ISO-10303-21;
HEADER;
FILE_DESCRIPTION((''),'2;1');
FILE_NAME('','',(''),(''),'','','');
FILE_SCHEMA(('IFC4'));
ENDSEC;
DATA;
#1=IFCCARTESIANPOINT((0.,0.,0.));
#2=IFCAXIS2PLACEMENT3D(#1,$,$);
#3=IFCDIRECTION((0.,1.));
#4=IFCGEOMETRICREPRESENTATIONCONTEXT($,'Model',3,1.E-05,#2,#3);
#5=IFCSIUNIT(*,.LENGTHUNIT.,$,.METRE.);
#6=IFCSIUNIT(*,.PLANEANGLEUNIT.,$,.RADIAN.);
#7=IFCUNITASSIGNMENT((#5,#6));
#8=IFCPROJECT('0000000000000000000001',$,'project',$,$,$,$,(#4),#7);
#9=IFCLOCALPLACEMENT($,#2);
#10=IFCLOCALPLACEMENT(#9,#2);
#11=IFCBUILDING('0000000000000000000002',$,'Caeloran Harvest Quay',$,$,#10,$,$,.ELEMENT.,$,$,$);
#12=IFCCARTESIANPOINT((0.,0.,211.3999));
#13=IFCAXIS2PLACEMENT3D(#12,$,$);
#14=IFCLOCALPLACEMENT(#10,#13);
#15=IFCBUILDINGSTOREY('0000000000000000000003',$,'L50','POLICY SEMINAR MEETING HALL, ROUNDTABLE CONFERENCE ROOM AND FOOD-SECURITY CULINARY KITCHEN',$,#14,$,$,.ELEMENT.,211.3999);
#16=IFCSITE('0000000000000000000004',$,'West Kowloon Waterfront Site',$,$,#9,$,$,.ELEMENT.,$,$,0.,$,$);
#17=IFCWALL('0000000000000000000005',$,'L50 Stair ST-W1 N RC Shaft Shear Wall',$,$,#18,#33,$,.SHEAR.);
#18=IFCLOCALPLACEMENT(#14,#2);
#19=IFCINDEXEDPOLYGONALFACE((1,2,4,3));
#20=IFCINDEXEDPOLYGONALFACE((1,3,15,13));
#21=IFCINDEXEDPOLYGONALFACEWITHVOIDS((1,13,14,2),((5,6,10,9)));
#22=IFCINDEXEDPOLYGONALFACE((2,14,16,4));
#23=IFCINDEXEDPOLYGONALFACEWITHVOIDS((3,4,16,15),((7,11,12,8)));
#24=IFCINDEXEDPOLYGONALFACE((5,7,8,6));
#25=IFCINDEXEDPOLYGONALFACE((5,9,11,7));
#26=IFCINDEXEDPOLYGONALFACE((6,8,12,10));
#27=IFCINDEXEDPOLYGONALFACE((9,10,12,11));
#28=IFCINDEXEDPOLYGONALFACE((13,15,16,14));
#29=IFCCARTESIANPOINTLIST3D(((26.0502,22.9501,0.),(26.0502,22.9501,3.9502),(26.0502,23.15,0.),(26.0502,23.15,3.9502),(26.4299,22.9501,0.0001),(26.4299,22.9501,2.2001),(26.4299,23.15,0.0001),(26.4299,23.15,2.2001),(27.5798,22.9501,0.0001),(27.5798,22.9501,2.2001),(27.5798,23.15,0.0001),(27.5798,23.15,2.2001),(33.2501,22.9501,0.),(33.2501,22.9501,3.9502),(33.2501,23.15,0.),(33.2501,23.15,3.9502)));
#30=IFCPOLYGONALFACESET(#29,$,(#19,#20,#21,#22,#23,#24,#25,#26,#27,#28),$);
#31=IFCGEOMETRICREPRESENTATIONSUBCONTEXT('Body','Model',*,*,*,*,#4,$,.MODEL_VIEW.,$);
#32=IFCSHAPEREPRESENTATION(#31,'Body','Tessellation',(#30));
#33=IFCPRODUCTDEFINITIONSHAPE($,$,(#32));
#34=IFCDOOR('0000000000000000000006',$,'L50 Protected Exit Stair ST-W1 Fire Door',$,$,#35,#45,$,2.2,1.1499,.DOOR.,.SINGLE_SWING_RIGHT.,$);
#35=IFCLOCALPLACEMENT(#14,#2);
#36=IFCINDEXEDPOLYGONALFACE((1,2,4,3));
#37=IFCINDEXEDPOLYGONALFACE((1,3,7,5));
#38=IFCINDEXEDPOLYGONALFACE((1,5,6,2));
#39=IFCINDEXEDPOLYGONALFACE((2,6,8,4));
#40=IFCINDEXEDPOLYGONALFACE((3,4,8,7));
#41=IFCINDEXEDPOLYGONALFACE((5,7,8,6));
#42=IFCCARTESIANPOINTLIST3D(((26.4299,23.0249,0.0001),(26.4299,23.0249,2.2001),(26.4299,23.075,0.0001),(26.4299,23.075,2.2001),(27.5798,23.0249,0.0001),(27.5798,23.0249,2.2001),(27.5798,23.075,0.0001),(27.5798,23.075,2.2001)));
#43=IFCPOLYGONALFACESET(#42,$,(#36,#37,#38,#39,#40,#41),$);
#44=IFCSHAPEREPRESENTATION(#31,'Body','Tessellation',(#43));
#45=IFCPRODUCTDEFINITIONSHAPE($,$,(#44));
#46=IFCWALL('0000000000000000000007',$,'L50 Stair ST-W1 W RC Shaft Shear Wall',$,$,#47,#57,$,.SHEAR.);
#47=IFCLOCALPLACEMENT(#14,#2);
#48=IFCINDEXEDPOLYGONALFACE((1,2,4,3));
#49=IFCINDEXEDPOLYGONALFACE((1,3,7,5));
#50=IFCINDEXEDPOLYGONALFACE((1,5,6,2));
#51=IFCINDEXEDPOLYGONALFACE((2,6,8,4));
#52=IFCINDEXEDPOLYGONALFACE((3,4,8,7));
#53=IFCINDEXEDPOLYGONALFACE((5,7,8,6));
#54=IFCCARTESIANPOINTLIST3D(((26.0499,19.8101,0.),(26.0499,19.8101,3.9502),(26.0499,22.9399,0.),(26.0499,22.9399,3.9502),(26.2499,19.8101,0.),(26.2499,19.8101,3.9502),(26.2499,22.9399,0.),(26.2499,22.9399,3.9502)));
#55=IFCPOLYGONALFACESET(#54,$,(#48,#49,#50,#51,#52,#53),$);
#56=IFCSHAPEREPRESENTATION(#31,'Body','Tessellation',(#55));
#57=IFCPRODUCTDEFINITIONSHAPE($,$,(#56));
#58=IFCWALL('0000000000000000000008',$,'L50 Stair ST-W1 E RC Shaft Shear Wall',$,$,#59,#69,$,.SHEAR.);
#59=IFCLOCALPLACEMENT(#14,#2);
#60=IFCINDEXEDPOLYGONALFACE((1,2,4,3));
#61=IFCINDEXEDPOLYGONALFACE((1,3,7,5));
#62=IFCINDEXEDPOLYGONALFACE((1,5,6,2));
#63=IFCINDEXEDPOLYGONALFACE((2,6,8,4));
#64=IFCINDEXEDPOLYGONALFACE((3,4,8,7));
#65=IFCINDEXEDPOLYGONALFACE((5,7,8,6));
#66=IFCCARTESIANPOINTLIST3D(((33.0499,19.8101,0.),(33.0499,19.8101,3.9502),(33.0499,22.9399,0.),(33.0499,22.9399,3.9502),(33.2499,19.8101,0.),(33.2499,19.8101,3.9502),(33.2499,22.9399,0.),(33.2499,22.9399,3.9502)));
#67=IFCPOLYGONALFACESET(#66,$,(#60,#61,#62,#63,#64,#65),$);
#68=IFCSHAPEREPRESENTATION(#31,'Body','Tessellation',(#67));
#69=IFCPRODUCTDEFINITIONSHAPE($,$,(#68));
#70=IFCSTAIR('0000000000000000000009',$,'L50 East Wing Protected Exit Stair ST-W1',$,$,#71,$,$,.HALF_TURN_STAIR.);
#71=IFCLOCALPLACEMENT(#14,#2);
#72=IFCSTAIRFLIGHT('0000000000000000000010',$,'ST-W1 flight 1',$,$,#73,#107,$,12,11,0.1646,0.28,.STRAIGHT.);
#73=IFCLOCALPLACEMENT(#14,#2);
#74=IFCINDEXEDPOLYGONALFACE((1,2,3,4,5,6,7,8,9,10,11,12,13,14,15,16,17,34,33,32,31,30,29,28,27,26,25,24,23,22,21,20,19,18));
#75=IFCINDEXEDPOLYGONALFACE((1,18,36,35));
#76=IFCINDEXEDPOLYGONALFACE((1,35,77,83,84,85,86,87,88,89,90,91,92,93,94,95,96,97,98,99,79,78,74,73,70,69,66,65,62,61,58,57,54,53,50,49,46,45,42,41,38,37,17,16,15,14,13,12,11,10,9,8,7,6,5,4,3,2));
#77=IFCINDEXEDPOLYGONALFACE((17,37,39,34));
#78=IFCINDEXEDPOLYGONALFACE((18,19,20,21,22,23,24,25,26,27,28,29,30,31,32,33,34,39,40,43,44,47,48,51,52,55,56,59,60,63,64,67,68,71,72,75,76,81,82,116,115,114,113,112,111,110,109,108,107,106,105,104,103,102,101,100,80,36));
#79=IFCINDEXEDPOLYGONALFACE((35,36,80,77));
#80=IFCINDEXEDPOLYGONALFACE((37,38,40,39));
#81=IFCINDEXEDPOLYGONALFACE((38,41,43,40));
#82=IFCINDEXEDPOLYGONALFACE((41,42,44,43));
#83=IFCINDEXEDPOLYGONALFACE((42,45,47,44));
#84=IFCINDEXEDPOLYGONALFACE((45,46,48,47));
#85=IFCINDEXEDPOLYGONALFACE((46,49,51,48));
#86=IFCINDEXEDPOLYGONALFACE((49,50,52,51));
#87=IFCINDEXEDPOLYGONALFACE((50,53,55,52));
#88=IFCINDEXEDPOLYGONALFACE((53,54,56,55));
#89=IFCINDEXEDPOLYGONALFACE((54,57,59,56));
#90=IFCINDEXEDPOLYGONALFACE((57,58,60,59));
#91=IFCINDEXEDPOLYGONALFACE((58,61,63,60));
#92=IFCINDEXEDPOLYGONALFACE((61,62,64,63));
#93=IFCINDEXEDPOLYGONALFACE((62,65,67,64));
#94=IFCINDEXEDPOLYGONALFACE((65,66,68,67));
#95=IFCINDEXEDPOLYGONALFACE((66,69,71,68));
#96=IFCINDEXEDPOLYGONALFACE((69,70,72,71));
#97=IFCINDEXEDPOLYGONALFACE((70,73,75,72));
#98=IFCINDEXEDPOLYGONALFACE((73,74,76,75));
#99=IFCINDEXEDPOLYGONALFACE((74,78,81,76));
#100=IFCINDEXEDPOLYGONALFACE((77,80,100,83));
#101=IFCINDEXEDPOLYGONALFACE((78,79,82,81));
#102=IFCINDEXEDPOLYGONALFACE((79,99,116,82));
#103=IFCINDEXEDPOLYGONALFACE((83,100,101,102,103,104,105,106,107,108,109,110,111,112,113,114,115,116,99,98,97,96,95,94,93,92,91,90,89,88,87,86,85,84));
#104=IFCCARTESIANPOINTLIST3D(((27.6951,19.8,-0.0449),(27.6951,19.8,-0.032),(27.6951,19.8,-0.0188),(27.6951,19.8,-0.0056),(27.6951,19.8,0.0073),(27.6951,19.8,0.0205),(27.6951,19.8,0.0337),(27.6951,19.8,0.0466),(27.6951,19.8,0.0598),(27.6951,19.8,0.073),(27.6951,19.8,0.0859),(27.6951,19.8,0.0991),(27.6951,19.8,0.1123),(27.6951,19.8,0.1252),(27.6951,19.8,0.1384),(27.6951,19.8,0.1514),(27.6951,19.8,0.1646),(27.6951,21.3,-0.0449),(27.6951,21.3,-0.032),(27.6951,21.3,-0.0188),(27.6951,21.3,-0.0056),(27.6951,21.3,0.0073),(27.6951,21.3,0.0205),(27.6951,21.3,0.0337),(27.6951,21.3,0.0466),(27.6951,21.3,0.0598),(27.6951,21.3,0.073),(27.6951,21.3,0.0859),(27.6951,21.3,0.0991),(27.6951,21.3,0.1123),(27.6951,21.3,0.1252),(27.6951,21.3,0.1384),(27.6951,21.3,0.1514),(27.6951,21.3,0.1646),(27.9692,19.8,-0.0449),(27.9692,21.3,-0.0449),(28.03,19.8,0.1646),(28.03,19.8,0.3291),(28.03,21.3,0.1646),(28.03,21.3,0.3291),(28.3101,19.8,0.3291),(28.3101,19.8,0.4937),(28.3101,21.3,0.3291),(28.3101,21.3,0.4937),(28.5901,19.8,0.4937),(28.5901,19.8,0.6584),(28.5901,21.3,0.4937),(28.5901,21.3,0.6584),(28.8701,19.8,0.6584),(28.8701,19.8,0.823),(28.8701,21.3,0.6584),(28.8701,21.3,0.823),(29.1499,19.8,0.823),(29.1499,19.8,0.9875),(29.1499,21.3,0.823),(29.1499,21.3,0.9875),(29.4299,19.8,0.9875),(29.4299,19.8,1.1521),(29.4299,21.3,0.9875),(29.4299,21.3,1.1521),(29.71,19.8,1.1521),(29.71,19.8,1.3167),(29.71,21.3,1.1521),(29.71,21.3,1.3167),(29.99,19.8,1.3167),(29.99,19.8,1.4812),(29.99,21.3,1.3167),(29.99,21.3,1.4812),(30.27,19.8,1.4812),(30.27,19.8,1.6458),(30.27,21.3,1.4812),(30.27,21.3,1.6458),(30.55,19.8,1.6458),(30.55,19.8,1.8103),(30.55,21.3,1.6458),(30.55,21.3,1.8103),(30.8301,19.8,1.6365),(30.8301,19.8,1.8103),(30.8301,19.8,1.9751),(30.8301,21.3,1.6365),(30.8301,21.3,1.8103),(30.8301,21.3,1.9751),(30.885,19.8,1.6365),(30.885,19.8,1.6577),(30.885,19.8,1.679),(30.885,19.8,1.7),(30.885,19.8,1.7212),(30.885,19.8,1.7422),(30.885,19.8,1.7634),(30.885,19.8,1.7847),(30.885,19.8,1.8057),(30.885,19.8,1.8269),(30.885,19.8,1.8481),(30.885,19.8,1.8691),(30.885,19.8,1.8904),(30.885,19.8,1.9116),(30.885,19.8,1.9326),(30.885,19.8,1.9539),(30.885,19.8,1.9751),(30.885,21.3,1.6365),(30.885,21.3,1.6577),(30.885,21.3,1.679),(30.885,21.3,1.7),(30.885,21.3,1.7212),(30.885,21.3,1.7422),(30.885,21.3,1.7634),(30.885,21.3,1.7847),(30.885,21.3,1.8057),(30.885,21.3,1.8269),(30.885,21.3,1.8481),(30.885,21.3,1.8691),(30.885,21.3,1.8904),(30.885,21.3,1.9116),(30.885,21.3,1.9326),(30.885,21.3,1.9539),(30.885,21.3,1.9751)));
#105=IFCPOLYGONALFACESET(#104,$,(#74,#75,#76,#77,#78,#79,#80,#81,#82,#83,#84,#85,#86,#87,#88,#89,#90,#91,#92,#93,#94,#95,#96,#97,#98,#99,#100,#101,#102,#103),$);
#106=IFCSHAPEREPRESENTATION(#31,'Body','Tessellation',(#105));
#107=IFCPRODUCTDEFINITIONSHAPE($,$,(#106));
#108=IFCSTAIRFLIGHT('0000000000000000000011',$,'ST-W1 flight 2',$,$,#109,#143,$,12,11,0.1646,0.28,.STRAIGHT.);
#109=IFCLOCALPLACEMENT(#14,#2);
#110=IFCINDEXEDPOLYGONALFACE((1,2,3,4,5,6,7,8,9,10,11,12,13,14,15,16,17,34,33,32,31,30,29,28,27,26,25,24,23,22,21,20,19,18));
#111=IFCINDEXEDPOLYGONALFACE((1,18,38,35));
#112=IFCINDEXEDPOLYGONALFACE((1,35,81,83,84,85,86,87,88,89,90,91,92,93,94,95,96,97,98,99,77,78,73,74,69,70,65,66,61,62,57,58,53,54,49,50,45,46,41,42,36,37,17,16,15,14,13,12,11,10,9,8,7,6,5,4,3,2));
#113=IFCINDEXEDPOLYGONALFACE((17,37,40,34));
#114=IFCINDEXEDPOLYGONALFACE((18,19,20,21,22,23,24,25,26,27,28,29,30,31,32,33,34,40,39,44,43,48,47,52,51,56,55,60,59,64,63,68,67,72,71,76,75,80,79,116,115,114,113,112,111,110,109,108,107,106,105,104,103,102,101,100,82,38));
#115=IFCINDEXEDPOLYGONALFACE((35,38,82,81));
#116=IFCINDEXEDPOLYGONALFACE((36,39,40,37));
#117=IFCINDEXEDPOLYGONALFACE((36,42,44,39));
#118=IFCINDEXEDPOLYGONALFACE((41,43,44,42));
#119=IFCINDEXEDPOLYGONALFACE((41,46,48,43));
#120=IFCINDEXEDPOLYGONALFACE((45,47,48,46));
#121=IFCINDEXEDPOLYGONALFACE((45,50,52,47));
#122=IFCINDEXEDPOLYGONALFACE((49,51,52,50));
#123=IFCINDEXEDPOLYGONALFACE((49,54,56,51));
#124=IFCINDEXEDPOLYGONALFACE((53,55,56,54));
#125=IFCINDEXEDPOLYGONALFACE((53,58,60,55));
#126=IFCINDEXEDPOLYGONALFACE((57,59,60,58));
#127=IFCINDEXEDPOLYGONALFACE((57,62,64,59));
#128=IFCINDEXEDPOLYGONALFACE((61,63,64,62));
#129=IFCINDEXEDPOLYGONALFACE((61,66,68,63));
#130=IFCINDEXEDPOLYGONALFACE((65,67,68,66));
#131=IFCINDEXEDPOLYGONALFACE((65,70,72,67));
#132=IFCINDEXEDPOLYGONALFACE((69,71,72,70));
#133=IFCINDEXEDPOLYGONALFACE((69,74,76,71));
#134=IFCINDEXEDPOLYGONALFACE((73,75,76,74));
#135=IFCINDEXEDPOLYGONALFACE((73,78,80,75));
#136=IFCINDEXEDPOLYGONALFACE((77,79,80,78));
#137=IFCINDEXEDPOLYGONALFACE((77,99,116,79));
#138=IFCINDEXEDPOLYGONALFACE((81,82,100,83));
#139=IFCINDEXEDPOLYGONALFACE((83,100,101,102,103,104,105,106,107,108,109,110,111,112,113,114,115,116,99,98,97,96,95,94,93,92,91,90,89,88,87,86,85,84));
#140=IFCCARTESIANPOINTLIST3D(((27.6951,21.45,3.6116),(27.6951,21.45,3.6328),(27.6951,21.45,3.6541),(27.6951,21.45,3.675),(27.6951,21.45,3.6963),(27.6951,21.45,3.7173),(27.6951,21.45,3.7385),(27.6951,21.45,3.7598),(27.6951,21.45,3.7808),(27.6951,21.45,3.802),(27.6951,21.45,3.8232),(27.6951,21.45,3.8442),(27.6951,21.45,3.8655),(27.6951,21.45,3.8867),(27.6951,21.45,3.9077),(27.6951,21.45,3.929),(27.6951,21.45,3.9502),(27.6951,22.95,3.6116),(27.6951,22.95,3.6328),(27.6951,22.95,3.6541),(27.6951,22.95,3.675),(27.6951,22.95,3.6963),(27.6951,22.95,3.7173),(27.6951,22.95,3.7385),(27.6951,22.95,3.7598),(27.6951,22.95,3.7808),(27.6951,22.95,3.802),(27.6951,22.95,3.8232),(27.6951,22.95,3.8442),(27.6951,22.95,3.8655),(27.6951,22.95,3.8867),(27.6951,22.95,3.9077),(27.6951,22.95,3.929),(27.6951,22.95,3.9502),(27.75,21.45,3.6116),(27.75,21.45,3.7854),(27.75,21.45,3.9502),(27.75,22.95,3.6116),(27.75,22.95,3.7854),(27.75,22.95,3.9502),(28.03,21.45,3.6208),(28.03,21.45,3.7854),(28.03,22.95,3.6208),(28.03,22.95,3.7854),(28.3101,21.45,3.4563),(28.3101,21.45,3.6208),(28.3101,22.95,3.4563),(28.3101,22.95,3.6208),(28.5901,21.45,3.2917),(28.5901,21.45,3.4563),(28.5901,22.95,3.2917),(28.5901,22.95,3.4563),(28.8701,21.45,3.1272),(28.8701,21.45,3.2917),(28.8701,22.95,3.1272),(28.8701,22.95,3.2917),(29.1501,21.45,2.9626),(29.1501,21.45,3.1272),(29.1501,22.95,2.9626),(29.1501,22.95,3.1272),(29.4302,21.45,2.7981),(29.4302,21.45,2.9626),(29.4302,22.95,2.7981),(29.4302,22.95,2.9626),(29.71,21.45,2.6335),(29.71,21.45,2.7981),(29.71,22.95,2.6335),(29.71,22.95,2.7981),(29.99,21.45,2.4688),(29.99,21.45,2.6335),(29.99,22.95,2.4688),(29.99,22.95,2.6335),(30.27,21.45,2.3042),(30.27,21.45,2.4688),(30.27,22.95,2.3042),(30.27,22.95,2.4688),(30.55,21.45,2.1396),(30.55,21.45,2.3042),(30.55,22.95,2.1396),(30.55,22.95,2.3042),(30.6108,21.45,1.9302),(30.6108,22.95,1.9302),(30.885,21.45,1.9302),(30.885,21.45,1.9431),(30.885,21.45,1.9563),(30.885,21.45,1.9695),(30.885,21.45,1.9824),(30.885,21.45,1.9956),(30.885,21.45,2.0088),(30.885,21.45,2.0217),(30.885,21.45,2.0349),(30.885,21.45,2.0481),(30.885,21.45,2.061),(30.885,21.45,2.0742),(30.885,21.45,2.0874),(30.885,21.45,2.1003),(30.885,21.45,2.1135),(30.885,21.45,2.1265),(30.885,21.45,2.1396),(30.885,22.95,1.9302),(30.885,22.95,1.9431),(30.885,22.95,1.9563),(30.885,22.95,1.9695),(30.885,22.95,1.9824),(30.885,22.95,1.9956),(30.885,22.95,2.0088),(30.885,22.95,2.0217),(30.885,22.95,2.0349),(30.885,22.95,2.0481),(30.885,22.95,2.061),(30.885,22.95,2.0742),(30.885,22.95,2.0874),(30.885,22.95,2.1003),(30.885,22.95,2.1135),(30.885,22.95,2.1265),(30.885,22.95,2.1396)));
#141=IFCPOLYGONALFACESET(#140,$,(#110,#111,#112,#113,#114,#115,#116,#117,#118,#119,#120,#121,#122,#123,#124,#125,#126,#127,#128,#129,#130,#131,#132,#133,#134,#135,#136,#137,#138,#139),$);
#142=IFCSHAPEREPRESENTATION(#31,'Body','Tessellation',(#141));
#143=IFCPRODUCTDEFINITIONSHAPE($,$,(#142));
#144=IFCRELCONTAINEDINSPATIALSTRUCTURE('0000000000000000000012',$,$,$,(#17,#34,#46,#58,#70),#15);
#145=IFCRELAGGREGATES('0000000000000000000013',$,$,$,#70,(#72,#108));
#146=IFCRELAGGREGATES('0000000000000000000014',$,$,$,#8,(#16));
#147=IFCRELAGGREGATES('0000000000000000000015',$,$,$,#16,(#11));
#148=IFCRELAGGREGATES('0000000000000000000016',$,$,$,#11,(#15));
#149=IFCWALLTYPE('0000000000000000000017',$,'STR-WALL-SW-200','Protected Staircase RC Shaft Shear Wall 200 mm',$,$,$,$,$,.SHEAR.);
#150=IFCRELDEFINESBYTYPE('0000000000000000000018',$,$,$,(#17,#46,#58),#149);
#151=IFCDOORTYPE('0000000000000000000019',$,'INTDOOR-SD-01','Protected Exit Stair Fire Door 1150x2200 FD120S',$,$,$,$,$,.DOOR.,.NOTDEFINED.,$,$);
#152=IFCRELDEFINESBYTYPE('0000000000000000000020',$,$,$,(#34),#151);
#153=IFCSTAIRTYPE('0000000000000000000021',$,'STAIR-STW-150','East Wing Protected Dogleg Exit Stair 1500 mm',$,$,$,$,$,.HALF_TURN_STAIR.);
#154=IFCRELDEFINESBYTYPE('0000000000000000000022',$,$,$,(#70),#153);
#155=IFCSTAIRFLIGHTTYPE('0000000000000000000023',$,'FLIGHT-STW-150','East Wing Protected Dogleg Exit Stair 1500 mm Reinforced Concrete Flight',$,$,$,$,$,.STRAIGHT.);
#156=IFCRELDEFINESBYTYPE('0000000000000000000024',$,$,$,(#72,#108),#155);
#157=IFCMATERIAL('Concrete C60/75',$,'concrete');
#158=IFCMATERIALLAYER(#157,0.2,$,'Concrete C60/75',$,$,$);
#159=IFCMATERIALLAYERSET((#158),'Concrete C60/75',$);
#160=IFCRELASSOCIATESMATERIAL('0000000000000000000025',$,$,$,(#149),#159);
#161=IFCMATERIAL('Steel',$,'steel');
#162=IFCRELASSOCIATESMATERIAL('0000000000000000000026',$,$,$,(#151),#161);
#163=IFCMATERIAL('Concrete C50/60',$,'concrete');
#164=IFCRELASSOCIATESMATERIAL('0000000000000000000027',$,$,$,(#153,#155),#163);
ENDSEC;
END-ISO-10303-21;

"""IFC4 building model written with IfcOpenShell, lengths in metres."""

from ifc_helpers import new_model, si_unit, direction, frame, frame_2d, origin, place, context, subcontext, project, spatial, polyline, rectangle, outline, extrude, material, layer, layer_set, type_object, element, fill, aggregate, save


model = new_model("IFC4")

# Units and contexts
model_context = context("Model", 3, precision=1e-05, world=origin(), true_north=direction((0.0, 1.0)))
body_context = subcontext(model_context, "Body", "Model", "MODEL_VIEW")
ifc_project = project(units=[si_unit("LENGTHUNIT", "METRE"), si_unit("PLANEANGLEUNIT", "RADIAN")], contexts=[model_context])

# Site, building, storey
site_placement = place(None, origin())
site = spatial("IfcSite", under=ifc_project, at=site_placement, Name="West Kowloon Waterfront Site", CompositionType="ELEMENT", RefElevation=0.0)
building_placement = place(site_placement, origin())
building = spatial("IfcBuilding", under=site, at=building_placement, Name="Caeloran Harvest Quay", CompositionType="ELEMENT")
storey_placement = place(building_placement, frame((0.0, 0.0, 211.3999)))
storey = spatial("IfcBuildingStorey", under=building, at=storey_placement, Name="L50", Description="POLICY SEMINAR MEETING HALL, ROUNDTABLE CONFERENCE ROOM AND FOOD-SECURITY CULINARY KITCHEN", CompositionType="ELEMENT", Elevation=211.3999)

# Shared definitions
ifc_material_1 = material(Name="Concrete C60/75", Category="concrete")
ifc_layer_1 = layer(ifc_material_1, 0.2, Name="Concrete C60/75")
ifc_layer_set_1 = layer_set([ifc_layer_1], Name="Concrete C60/75")
wall_type_1 = type_object("IfcWallType", Name="STR-WALL-SW-200", Description="Protected Staircase RC Shaft Shear Wall 200 mm", PredefinedType="SHEAR", material=ifc_layer_set_1)

# Wall, opening, door
wall_1_placement = place(storey_placement, frame((26.05, 23.05, 0.0), z_axis=(0.0, 0.0, 1.0), x_axis=(1.0, 0.0, 0.0)))
wall_1 = element("IfcWall", 1, at=wall_1_placement, inside=storey, type_object=wall_type_1, Name="L50 Stair ST-W1 N RC Shaft Shear Wall", PredefinedType="SHEAR", context=body_context, shape_type="SweptSolid", body=[
    extrude(rectangle(XDim=7.2, YDim=0.2, at=frame_2d((3.6001, 0.0))), origin(), (0.0, 0.0, 1.0), 3.9502),
])
opening_placement = place(wall_1_placement, frame((0.3799, 0.0, 0.0)))
opening = element("IfcOpeningElement", 2, at=opening_placement, cuts=wall_1, PredefinedType="OPENING", context=body_context, shape_type="SweptSolid", body=[
    extrude(rectangle(XDim=1.1499, YDim=2.2, at=frame_2d((0.575, 1.1001))), frame((0.0, 0.1099, 0.0), z_axis=(0.0, -1.0, 0.0), x_axis=(1.0, 0.0, 0.0)), (0.0, 0.0, 1.0), 0.22),
])
ifc_material_2 = material(Name="Steel", Category="steel")
door_type = type_object("IfcDoorType", Name="INTDOOR-SD-01", Description="Protected Exit Stair Fire Door 1150x2200 FD120S", OperationType="NOTDEFINED", PredefinedType="DOOR", material=ifc_material_2)
door_placement = place(opening_placement, origin())
door = element("IfcDoor", 3, at=door_placement, inside=storey, type_object=door_type, Name="L50 Protected Exit Stair ST-W1 Fire Door", OperationType="SINGLE_SWING_RIGHT", OverallHeight=2.2, OverallWidth=1.1499, PredefinedType="DOOR", context=body_context, shape_type="SweptSolid", body=[
    extrude(rectangle(XDim=1.1499, YDim=2.2, at=frame_2d((0.575, 1.1001))), frame((0.0, 0.0249, 0.0), z_axis=(0.0, -1.0, 0.0), x_axis=(1.0, 0.0, 0.0)), (0.0, 0.0, 1.0), 0.05),
])
fill(opening, door)

# Walls
for number, where, z_axis, x_axis, name in (
    (4, (26.1499, 19.8101, 0.0), (0.0, 0.0, 1.0), (0.0, 1.0, 0.0), "L50 Stair ST-W1 W RC Shaft Shear Wall"),
    (5, (33.1499, 19.8101, 0.0), (0.0, 0.0, 1.0), (0.0, 1.0, 0.0), "L50 Stair ST-W1 E RC Shaft Shear Wall"),
):
    element("IfcWall", number, at=place(storey_placement, frame(where, z_axis=z_axis, x_axis=x_axis)), inside=storey, type_object=wall_type_1, Name=name, PredefinedType="SHEAR", context=body_context, shape_type="SweptSolid", body=[
        extrude(rectangle(XDim=3.1299, YDim=0.2, at=frame_2d((1.5649, 0.0))), origin(), (0.0, 0.0, 1.0), 3.9502),
    ])

# Stair, stair flights
ifc_material_3 = material(Name="Concrete C50/60", Category="concrete")
stair_type = type_object("IfcStairType", Name="STAIR-STW-150", Description="East Wing Protected Dogleg Exit Stair 1500 mm", PredefinedType="HALF_TURN_STAIR", material=ifc_material_3)
stair_placement = place(storey_placement, origin())
stair = element("IfcStair", 6, at=stair_placement, inside=storey, type_object=stair_type, Name="L50 East Wing Protected Exit Stair ST-W1", PredefinedType="HALF_TURN_STAIR")
stair_flight_type = type_object("IfcStairFlightType", Name="FLIGHT-STW-150", Description="East Wing Protected Dogleg Exit Stair 1500 mm Reinforced Concrete Flight", PredefinedType="STRAIGHT", material=ifc_material_3)
stair_flight_1_placement = place(storey_placement, frame((27.75, 20.55, 0.0), z_axis=(0.0, 0.0, 1.0), x_axis=(1.0, 0.0, 0.0)))
stair_flight_1 = element("IfcStairFlight", 7, at=stair_flight_1_placement, type_object=stair_flight_type, Name="ST-W1 flight 1", NumberOfRisers=12, NumberOfTreads=11, PredefinedType="STRAIGHT", RiserHeight=0.1646, TreadLength=0.28, context=body_context, shape_type="SweptSolid", body=[
    extrude(outline(polyline([(-0.0549, -0.0449), (-0.0549, -0.032), (-0.0549, -0.0188), (-0.0549, -0.0056), (-0.0549, 0.0073), (-0.0549, 0.0205), (-0.0549, 0.0337), (-0.0549, 0.0466), (-0.0549, 0.0598), (-0.0549, 0.073), (-0.0549, 0.0859), (-0.0549, 0.0991), (-0.0549, 0.1123), (-0.0549, 0.1252), (-0.0549, 0.1384), (-0.0549, 0.1514), (-0.0549, 0.1646), (0.28, 0.1646), (0.28, 0.3291), (0.5601, 0.3291), (0.5601, 0.4937), (0.8401, 0.4937), (0.8401, 0.6584), (1.1201, 0.6584), (1.1201, 0.823), (1.3999, 0.823), (1.3999, 0.9875), (1.6799, 0.9875), (1.6799, 1.1521), (1.96, 1.1521), (1.96, 1.3167), (2.24, 1.3167), (2.24, 1.4812), (2.52, 1.4812), (2.52, 1.6458), (2.8, 1.6458), (2.8, 1.8103), (3.0801, 1.8103), (3.0801, 1.9751), (3.135, 1.9751), (3.135, 1.9539), (3.135, 1.9326), (3.135, 1.9116), (3.135, 1.8904), (3.135, 1.8691), (3.135, 1.8481), (3.135, 1.8269), (3.135, 1.8057), (3.135, 1.7847), (3.135, 1.7634), (3.135, 1.7422), (3.135, 1.7212), (3.135, 1.7), (3.135, 1.679), (3.135, 1.6577), (3.135, 1.6365), (3.0801, 1.6365), (0.2192, -0.0449), (-0.0549, -0.0449)])), frame((0.0, 0.75, 0.0), z_axis=(0.0, -1.0, 0.0), x_axis=(1.0, 0.0, 0.0)), (0.0, 0.0, 1.0), 1.5),
])
stair_flight_2_placement = place(storey_placement, frame((30.8301, 22.2, 1.9751), z_axis=(0.0, 0.0, 1.0), x_axis=(-1.0, 0.0, 0.0)))
stair_flight_2 = element("IfcStairFlight", 8, at=stair_flight_2_placement, type_object=stair_flight_type, Name="ST-W1 flight 2", NumberOfRisers=12, NumberOfTreads=11, PredefinedType="STRAIGHT", RiserHeight=0.1646, TreadLength=0.28, context=body_context, shape_type="SweptSolid", body=[
    extrude(outline(polyline([(-0.0549, -0.0449), (-0.0549, -0.032), (-0.0549, -0.0188), (-0.0549, -0.0056), (-0.0549, 0.0073), (-0.0549, 0.0205), (-0.0549, 0.0337), (-0.0549, 0.0466), (-0.0549, 0.0598), (-0.0549, 0.073), (-0.0549, 0.0859), (-0.0549, 0.0991), (-0.0549, 0.1123), (-0.0549, 0.1252), (-0.0549, 0.1384), (-0.0549, 0.1514), (-0.0549, 0.1646), (0.28, 0.1646), (0.28, 0.3291), (0.5601, 0.3291), (0.5601, 0.4937), (0.8401, 0.4937), (0.8401, 0.6584), (1.1201, 0.6584), (1.1201, 0.823), (1.3999, 0.823), (1.3999, 0.9875), (1.6799, 0.9875), (1.6799, 1.1521), (1.96, 1.1521), (1.96, 1.3167), (2.24, 1.3167), (2.24, 1.4812), (2.52, 1.4812), (2.52, 1.6458), (2.8, 1.6458), (2.8, 1.8103), (3.0801, 1.8103), (3.0801, 1.9751), (3.135, 1.9751), (3.135, 1.9539), (3.135, 1.9326), (3.135, 1.9116), (3.135, 1.8904), (3.135, 1.8691), (3.135, 1.8481), (3.135, 1.8269), (3.135, 1.8057), (3.135, 1.7847), (3.135, 1.7634), (3.135, 1.7422), (3.135, 1.7212), (3.135, 1.7), (3.135, 1.679), (3.135, 1.6577), (3.135, 1.6365), (3.0801, 1.6365), (0.2192, -0.0449), (-0.0549, -0.0449)])), frame((0.0, 0.75, 0.0), z_axis=(0.0, -1.0, 0.0), x_axis=(1.0, 0.0, 0.0)), (0.0, 0.0, 1.0), 1.5),
])
aggregate(stair, [stair_flight_1, stair_flight_2])

save(model, "model.ifc")
